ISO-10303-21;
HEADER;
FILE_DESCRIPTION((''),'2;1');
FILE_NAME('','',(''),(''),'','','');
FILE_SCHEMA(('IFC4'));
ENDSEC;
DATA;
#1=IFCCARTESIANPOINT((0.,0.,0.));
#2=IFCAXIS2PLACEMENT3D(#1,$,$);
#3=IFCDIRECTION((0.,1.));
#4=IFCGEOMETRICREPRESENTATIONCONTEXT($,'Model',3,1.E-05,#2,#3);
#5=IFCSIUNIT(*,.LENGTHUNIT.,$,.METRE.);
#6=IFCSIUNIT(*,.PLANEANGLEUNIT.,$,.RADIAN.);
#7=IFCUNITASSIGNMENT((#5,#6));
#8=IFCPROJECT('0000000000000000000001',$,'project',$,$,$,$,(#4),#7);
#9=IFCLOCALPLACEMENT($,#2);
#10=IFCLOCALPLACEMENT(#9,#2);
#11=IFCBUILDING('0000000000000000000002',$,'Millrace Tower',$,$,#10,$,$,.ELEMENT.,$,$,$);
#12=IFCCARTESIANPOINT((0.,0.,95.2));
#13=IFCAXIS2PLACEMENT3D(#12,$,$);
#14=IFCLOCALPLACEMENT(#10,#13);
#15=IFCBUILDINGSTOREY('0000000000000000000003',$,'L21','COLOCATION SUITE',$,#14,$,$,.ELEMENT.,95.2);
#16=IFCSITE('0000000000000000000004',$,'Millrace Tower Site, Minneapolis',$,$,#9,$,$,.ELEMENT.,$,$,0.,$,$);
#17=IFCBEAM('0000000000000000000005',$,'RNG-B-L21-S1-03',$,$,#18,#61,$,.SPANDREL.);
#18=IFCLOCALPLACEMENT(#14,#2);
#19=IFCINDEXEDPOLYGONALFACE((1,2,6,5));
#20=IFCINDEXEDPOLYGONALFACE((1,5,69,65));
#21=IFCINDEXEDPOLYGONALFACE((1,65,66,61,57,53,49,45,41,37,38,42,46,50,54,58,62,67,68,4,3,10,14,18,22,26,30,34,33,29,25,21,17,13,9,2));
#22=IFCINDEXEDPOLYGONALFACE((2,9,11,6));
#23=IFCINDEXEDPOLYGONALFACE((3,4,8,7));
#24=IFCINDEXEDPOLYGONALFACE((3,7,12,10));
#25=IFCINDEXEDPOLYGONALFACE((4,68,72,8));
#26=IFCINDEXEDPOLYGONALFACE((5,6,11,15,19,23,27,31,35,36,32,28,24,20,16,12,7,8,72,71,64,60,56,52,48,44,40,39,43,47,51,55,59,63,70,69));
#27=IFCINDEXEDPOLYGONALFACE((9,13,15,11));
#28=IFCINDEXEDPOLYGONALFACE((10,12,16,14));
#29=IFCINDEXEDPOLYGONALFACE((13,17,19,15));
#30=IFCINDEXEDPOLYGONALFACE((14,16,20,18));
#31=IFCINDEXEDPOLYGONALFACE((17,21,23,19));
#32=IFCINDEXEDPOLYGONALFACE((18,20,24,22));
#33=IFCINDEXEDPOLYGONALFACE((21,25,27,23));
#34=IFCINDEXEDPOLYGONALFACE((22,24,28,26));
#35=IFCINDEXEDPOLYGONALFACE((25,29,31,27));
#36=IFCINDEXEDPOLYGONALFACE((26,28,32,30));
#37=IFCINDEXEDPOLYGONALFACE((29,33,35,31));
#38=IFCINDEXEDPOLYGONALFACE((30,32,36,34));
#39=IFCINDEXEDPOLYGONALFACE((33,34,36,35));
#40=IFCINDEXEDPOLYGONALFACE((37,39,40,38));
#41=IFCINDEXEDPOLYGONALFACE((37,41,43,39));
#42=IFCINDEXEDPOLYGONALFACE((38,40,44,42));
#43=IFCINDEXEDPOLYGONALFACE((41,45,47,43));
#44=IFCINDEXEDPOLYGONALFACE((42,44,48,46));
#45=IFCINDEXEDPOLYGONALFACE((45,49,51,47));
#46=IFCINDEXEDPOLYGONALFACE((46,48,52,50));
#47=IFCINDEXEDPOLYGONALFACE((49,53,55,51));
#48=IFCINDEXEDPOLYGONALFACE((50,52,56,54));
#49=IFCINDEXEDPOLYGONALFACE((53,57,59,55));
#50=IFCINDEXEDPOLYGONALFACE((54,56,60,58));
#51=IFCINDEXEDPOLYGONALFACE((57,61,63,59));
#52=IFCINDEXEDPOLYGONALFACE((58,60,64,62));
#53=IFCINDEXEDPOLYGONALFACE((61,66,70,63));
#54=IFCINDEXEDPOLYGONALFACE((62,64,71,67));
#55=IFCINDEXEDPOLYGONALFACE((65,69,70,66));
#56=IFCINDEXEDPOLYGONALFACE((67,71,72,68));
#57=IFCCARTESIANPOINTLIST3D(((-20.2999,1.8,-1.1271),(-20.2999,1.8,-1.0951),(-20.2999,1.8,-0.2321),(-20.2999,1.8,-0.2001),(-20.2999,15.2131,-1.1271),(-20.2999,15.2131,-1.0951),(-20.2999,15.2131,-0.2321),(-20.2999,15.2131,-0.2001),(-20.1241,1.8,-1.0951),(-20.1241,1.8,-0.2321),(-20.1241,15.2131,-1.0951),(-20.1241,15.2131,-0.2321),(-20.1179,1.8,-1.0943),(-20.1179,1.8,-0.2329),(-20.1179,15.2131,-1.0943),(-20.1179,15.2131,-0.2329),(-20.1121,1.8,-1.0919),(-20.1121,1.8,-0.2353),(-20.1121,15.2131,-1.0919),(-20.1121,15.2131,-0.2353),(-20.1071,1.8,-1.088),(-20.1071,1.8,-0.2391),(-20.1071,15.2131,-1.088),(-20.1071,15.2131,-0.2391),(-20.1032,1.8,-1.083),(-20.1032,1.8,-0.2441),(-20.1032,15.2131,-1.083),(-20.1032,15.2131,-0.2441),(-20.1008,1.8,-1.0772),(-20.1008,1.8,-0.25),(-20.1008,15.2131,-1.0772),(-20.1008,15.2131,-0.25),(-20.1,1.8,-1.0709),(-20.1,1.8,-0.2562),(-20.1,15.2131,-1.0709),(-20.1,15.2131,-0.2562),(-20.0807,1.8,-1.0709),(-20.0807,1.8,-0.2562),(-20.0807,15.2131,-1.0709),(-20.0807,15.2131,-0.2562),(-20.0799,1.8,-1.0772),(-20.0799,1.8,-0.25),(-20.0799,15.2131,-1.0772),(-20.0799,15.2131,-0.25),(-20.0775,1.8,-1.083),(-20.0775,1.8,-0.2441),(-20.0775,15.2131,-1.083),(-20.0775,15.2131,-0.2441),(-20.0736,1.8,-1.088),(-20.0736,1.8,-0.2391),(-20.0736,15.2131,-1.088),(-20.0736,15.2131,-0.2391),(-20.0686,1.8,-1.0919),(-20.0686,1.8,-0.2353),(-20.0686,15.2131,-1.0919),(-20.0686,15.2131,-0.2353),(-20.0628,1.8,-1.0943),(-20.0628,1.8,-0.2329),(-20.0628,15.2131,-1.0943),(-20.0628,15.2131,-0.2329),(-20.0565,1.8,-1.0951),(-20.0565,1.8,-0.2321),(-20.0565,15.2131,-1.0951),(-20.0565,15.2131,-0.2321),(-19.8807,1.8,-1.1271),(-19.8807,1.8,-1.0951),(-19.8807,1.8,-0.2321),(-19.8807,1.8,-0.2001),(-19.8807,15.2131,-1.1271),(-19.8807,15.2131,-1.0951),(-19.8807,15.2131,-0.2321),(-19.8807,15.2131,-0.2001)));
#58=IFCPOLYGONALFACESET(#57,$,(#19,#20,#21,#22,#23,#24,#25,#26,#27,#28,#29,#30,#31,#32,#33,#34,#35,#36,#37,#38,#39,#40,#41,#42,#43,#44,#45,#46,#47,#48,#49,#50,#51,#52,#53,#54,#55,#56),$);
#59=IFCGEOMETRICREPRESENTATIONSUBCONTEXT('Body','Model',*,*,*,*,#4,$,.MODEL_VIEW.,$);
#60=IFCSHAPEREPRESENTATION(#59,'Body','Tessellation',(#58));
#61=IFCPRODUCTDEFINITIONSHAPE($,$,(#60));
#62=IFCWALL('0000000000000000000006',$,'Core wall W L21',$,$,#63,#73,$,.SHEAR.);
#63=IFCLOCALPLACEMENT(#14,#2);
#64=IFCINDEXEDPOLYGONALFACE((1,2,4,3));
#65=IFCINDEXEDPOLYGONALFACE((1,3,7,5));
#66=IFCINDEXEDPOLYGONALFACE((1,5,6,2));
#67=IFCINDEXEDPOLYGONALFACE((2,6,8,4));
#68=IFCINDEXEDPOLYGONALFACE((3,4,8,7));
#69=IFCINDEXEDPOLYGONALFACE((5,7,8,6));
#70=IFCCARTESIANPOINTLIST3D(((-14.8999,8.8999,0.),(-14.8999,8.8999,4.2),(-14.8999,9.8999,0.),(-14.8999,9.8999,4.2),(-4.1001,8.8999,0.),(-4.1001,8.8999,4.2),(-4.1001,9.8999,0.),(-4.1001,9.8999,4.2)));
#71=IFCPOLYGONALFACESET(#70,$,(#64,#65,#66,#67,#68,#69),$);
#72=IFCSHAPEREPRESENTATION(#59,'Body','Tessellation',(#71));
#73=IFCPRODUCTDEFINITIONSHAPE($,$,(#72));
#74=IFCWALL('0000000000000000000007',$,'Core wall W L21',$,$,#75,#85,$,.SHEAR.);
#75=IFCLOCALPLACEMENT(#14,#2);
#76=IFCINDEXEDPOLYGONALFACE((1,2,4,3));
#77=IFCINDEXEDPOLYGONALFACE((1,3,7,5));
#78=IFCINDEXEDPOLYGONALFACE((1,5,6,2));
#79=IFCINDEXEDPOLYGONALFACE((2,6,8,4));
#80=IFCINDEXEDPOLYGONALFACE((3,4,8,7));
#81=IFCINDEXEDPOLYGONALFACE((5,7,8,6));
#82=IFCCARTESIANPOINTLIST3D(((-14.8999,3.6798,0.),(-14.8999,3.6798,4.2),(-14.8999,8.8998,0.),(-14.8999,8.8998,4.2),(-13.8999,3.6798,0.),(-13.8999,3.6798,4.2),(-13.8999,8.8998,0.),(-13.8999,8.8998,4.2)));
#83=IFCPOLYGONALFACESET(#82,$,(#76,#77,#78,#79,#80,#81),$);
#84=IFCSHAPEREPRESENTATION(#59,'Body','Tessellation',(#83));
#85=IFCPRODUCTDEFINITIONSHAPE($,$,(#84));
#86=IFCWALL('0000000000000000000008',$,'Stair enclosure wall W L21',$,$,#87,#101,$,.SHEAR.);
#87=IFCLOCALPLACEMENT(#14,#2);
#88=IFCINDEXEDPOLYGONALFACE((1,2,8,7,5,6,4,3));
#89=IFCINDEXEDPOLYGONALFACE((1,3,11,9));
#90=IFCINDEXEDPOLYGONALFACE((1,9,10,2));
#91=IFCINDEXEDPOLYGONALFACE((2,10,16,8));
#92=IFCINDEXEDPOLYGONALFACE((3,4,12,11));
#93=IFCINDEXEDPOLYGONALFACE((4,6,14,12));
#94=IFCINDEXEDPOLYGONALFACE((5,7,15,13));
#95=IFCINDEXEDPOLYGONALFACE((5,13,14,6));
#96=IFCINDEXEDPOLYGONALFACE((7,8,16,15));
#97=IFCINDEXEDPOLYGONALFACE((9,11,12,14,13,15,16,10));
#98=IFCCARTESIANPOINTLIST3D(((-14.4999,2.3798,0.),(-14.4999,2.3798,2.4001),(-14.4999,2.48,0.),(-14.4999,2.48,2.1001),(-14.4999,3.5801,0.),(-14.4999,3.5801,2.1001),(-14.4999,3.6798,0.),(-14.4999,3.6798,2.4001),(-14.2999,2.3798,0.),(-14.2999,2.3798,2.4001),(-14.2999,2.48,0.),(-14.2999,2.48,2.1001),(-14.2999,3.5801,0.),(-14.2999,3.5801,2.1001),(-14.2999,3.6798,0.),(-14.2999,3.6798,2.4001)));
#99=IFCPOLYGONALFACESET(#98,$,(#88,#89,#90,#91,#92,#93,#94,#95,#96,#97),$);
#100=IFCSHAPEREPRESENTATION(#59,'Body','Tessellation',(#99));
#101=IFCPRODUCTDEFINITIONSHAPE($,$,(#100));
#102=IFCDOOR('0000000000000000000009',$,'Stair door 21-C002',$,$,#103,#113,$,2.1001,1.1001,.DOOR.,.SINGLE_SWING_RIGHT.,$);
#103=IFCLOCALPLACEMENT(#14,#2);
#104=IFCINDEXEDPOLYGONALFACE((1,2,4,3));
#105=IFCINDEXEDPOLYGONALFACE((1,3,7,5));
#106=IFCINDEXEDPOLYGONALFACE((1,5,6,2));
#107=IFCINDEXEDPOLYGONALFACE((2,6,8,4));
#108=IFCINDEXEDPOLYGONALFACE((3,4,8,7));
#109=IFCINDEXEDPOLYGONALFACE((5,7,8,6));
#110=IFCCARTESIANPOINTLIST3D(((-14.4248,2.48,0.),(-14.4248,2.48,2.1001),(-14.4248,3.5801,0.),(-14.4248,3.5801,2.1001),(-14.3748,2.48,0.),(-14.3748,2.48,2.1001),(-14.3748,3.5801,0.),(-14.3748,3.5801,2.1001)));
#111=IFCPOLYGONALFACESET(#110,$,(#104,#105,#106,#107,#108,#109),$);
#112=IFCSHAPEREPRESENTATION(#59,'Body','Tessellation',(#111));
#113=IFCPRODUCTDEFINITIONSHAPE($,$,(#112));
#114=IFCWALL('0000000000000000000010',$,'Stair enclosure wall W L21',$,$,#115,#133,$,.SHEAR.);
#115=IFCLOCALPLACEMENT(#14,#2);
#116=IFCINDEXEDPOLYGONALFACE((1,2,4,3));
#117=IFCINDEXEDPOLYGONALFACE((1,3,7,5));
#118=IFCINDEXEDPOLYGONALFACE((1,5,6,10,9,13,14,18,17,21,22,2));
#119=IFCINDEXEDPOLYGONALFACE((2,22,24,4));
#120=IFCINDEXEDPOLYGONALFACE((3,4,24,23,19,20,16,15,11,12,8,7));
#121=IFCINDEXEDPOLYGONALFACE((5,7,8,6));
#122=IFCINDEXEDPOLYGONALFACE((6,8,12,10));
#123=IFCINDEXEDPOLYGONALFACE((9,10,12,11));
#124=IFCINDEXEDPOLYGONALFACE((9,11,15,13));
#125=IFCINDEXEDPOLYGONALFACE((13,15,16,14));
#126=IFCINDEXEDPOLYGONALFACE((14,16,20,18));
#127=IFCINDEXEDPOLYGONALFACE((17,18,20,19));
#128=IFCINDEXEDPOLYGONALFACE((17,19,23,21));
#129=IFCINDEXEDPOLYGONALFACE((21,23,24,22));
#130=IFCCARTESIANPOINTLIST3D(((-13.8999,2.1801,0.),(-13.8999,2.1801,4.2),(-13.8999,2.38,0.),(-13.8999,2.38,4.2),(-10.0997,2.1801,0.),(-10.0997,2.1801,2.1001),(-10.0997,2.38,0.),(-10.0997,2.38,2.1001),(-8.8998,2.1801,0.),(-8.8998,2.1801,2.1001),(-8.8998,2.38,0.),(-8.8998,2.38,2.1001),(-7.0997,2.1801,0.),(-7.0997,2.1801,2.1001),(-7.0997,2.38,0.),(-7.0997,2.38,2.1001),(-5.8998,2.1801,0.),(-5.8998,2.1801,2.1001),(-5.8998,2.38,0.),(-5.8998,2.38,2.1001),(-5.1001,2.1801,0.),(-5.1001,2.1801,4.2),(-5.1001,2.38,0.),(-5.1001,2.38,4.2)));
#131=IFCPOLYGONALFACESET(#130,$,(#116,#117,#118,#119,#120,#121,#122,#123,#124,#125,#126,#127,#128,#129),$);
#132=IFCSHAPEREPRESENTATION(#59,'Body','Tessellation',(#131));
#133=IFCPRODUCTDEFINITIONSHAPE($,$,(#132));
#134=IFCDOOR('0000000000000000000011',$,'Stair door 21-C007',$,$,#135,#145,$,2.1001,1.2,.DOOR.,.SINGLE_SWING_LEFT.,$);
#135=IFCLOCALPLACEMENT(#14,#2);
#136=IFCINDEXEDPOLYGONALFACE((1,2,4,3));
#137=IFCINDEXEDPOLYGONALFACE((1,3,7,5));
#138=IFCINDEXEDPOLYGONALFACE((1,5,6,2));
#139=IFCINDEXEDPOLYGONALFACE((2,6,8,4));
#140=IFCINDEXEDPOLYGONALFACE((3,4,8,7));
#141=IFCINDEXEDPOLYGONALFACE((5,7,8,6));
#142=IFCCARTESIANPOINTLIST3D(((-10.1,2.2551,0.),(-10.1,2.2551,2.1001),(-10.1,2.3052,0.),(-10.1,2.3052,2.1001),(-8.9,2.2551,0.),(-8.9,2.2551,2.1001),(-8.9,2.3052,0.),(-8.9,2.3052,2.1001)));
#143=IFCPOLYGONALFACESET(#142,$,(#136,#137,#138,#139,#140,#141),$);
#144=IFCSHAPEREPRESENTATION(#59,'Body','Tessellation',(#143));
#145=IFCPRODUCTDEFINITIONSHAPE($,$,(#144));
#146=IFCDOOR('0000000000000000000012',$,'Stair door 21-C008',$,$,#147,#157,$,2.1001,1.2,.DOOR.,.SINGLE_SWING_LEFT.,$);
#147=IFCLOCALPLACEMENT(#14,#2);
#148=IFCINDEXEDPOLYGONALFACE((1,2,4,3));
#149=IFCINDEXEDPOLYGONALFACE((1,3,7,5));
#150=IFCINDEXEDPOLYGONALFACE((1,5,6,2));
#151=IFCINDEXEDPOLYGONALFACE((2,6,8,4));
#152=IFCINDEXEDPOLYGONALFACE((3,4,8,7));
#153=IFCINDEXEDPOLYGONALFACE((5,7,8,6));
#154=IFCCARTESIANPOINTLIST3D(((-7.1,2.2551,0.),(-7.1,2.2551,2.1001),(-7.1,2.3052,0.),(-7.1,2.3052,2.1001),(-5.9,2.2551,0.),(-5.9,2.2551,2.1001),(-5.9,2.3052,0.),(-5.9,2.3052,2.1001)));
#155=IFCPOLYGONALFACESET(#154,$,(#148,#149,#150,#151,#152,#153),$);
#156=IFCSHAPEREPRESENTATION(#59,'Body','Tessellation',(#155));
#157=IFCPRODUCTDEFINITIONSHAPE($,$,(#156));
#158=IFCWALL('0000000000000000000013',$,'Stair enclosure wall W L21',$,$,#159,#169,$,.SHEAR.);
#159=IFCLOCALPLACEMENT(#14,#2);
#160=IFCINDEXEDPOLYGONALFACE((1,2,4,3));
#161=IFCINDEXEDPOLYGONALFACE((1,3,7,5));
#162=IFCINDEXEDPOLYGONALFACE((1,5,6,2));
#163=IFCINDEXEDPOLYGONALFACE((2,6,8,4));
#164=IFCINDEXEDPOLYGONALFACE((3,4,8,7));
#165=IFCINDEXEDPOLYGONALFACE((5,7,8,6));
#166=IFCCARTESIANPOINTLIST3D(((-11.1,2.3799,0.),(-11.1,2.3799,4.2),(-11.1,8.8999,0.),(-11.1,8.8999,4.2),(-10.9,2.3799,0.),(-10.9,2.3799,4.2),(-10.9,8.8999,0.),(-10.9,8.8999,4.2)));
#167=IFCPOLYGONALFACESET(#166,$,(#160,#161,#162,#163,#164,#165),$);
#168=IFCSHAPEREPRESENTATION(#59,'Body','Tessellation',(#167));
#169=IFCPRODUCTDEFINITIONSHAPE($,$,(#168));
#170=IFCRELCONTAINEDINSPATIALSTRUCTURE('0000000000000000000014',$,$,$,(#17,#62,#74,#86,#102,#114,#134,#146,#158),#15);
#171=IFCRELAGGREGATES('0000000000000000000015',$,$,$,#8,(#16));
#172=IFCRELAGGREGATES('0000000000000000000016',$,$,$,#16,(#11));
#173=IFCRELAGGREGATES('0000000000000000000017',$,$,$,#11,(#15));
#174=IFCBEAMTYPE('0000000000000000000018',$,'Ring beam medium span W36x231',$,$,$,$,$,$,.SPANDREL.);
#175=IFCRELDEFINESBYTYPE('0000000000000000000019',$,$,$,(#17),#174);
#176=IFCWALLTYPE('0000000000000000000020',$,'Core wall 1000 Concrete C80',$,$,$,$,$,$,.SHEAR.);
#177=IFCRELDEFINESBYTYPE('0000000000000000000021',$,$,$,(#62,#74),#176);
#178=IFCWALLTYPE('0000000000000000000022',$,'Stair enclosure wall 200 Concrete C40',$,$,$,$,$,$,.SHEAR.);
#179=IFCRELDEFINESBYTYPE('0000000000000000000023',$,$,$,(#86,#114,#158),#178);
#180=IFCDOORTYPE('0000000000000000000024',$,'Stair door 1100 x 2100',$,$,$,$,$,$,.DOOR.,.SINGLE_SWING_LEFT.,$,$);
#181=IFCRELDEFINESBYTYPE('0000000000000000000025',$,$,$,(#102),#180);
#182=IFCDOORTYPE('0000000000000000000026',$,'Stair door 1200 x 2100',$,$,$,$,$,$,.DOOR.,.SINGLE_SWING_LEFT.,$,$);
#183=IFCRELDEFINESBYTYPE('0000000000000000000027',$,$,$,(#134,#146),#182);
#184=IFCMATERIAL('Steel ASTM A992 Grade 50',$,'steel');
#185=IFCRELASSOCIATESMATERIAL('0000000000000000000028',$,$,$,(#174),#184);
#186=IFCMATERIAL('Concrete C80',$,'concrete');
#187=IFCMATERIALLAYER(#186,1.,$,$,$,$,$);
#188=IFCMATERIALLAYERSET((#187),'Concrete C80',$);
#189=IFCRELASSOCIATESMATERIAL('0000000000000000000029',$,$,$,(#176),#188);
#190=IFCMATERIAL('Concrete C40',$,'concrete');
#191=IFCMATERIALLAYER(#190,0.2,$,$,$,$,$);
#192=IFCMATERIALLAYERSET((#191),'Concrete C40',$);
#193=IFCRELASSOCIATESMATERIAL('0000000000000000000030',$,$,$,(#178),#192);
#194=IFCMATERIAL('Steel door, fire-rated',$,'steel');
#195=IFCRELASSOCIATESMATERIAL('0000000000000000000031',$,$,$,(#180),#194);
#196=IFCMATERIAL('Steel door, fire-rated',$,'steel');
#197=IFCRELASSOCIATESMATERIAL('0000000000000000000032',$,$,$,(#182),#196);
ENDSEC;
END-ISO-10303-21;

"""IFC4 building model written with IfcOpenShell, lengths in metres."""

from ifc_helpers import new_model, si_unit, direction, frame, frame_2d, origin, origin_2d, place, context, subcontext, project, spatial, rectangle, i_section, extrude, material, layer, layer_set, material_profile, profile_set, type_object, element, fill, save


model = new_model("IFC4")

# Units and contexts
model_context = context("Model", 3, precision=1e-05, world=origin(), true_north=direction((0.0, 1.0)))
body_context = subcontext(model_context, "Body", "Model", "MODEL_VIEW")
ifc_project = project(units=[si_unit("LENGTHUNIT", "METRE"), si_unit("PLANEANGLEUNIT", "RADIAN")], contexts=[model_context])

# Site, building, storey
site_placement = place(None, origin())
site = spatial("IfcSite", under=ifc_project, at=site_placement, Name="Millrace Tower Site, Minneapolis", CompositionType="ELEMENT", RefElevation=0.0)
building_placement = place(site_placement, origin())
building = spatial("IfcBuilding", under=site, at=building_placement, Name="Millrace Tower", CompositionType="ELEMENT")
storey_placement = place(building_placement, frame((0.0, 0.0, 95.2)))
storey = spatial("IfcBuildingStorey", under=building, at=storey_placement, Name="L21", Description="COLOCATION SUITE", CompositionType="ELEMENT", Elevation=95.2)

# Beam
ifc_material_1 = material(Name="Steel ASTM A992 Grade 50", Category="steel")
ifc_material_profile_1 = material_profile(ifc_material_1, i_section(OverallWidth=0.4192, OverallDepth=0.927, WebThickness=0.0193, FlangeThickness=0.032, FilletRadius=0.0242, at=origin_2d()))
ifc_profile_set_1 = profile_set([ifc_material_profile_1], Name="Steel ASTM A992 Grade 50")
beam_type_1 = type_object("IfcBeamType", Name="Ring beam medium span W36x231", PredefinedType="SPANDREL", material=ifc_profile_set_1)
beam_1_placement = place(storey_placement, frame((-20.0903, 1.8, -0.6636), z_axis=(0.0, 1.0, 0.0), x_axis=(-1.0, 0.0, 0.0)))
element("IfcBeam", 1, at=beam_1_placement, inside=storey, type_object=beam_type_1, Name="RNG-B-L21-S1-03", PredefinedType="SPANDREL", context=body_context, shape_type="SweptSolid", body=[
    extrude(i_section(OverallWidth=0.4192, OverallDepth=0.927, WebThickness=0.0193, FlangeThickness=0.032, FilletRadius=0.0242, at=origin_2d()), origin(), (0.0, 0.0, 1.0), 13.4131),
])

# Walls
ifc_material_2 = material(Name="Concrete C80", Category="concrete")
ifc_layer_1 = layer(ifc_material_2, 1.0)
ifc_layer_set_1 = layer_set([ifc_layer_1], Name="Concrete C80")
wall_type_1 = type_object("IfcWallType", Name="Core wall 1000 Concrete C80", PredefinedType="SHEAR", material=ifc_layer_set_1)
wall_1_placement = place(storey_placement, frame((-14.8999, 9.3999, 0.0), z_axis=(0.0, 0.0, 1.0), x_axis=(1.0, 0.0, 0.0)))
element("IfcWall", 2, at=wall_1_placement, inside=storey, type_object=wall_type_1, Name="Core wall W L21", PredefinedType="SHEAR", context=body_context, shape_type="SweptSolid", body=[
    extrude(rectangle(XDim=10.7998, YDim=1.0, at=frame_2d((5.3999, 0.0))), origin(), (0.0, 0.0, 1.0), 4.2),
])
wall_2_placement = place(storey_placement, frame((-14.3999, 3.6799, 0.0), z_axis=(0.0, 0.0, 1.0), x_axis=(0.0, 1.0, 0.0)))
element("IfcWall", 3, at=wall_2_placement, inside=storey, type_object=wall_type_1, Name="Core wall W L21", PredefinedType="SHEAR", context=body_context, shape_type="SweptSolid", body=[
    extrude(rectangle(XDim=5.22, YDim=1.0, at=frame_2d((2.6099, 0.0))), origin(), (0.0, 0.0, 1.0), 4.2),
])

# Wall, opening, door
ifc_material_3 = material(Name="Concrete C40", Category="concrete")
ifc_layer_2 = layer(ifc_material_3, 0.2)
ifc_layer_set_2 = layer_set([ifc_layer_2], Name="Concrete C40")
wall_type_2 = type_object("IfcWallType", Name="Stair enclosure wall 200 Concrete C40", PredefinedType="SHEAR", material=ifc_layer_set_2)
wall_3_placement = place(storey_placement, frame((-14.3999, 2.3799, 0.0), z_axis=(0.0, 0.0, 1.0), x_axis=(0.0, 1.0, 0.0)))
wall_3 = element("IfcWall", 4, at=wall_3_placement, inside=storey, type_object=wall_type_2, Name="Stair enclosure wall W L21", PredefinedType="SHEAR", context=body_context, shape_type="SweptSolid", body=[
    extrude(rectangle(XDim=1.3, YDim=0.2, at=frame_2d((0.6499, 0.0))), origin(), (0.0, 0.0, 1.0), 2.4001),
])
opening_1_placement = place(wall_3_placement, frame((0.1001, 0.0, 0.0)))
opening_1 = element("IfcOpeningElement", 5, at=opening_1_placement, cuts=wall_3, PredefinedType="OPENING", context=body_context, shape_type="SweptSolid", body=[
    extrude(rectangle(XDim=1.1001, YDim=2.1001, at=frame_2d((0.55, 1.05))), frame((0.0, 0.1099, 0.0), z_axis=(0.0, -1.0, 0.0), x_axis=(1.0, 0.0, 0.0)), (0.0, 0.0, 1.0), 0.22),
])
ifc_material_4 = material(Name="Steel door, fire-rated", Category="steel")
door_type_1 = type_object("IfcDoorType", Name="Stair door 1100 x 2100", OperationType="SINGLE_SWING_LEFT", PredefinedType="DOOR", material=ifc_material_4)
door_1_placement = place(opening_1_placement, origin())
door_1 = element("IfcDoor", 6, at=door_1_placement, inside=storey, type_object=door_type_1, Name="Stair door 21-C002", OperationType="SINGLE_SWING_RIGHT", OverallHeight=2.1001, OverallWidth=1.1001, PredefinedType="DOOR", context=body_context, shape_type="SweptSolid", body=[
    extrude(rectangle(XDim=1.1001, YDim=2.1001, at=frame_2d((0.55, 1.05))), frame((0.0, 0.0249, 0.0), z_axis=(0.0, -1.0, 0.0), x_axis=(1.0, 0.0, 0.0)), (0.0, 0.0, 1.0), 0.05),
])
fill(opening_1, door_1)

# Wall, openings, doors
wall_4_placement = place(storey_placement, frame((-13.8999, 2.28, 0.0), z_axis=(0.0, 0.0, 1.0), x_axis=(1.0, 0.0, 0.0)))
wall_4 = element("IfcWall", 7, at=wall_4_placement, inside=storey, type_object=wall_type_2, Name="Stair enclosure wall W L21", PredefinedType="SHEAR", context=body_context, shape_type="SweptSolid", body=[
    extrude(rectangle(XDim=8.7998, YDim=0.2, at=frame_2d((4.3999, 0.0))), origin(), (0.0, 0.0, 1.0), 4.2),
])
opening_2_placement = place(wall_4_placement, frame((3.8, 0.0, 0.0)))
opening_2 = element("IfcOpeningElement", 8, at=opening_2_placement, cuts=wall_4, PredefinedType="OPENING", context=body_context, shape_type="SweptSolid", body=[
    extrude(rectangle(XDim=1.2, YDim=2.1001, at=frame_2d((0.6001, 1.05))), frame((0.0, 0.1099, 0.0), z_axis=(0.0, -1.0, 0.0), x_axis=(1.0, 0.0, 0.0)), (0.0, 0.0, 1.0), 0.22),
])
opening_3_placement = place(wall_4_placement, frame((6.8, 0.0, 0.0)))
opening_3 = element("IfcOpeningElement", 9, at=opening_3_placement, cuts=wall_4, PredefinedType="OPENING", context=body_context, shape_type="SweptSolid", body=[
    extrude(rectangle(XDim=1.2, YDim=2.1001, at=frame_2d((0.6001, 1.05))), frame((0.0, 0.1099, 0.0), z_axis=(0.0, -1.0, 0.0), x_axis=(1.0, 0.0, 0.0)), (0.0, 0.0, 1.0), 0.22),
])
ifc_material_5 = material(Name="Steel door, fire-rated", Category="steel")
door_type_2 = type_object("IfcDoorType", Name="Stair door 1200 x 2100", OperationType="SINGLE_SWING_LEFT", PredefinedType="DOOR", material=ifc_material_5)
door_2_placement = place(opening_2_placement, frame((1.2, 0.0, 0.0), z_axis=(0.0, 0.0, 1.0), x_axis=(-1.0, 0.0, 0.0)))
door_2 = element("IfcDoor", 10, at=door_2_placement, inside=storey, type_object=door_type_2, Name="Stair door 21-C007", OperationType="SINGLE_SWING_LEFT", OverallHeight=2.1001, OverallWidth=1.2, PredefinedType="DOOR", context=body_context, shape_type="SweptSolid", body=[
    extrude(rectangle(XDim=1.2, YDim=2.1001, at=frame_2d((0.6001, 1.05))), frame((0.0, 0.0249, 0.0), z_axis=(0.0, -1.0, 0.0), x_axis=(1.0, 0.0, 0.0)), (0.0, 0.0, 1.0), 0.05),
])
fill(opening_2, door_2)
door_3_placement = place(opening_3_placement, frame((1.2, 0.0, 0.0), z_axis=(0.0, 0.0, 1.0), x_axis=(-1.0, 0.0, 0.0)))
door_3 = element("IfcDoor", 11, at=door_3_placement, inside=storey, type_object=door_type_2, Name="Stair door 21-C008", OperationType="SINGLE_SWING_LEFT", OverallHeight=2.1001, OverallWidth=1.2, PredefinedType="DOOR", context=body_context, shape_type="SweptSolid", body=[
    extrude(rectangle(XDim=1.2, YDim=2.1001, at=frame_2d((0.6001, 1.05))), frame((0.0, 0.0249, 0.0), z_axis=(0.0, -1.0, 0.0), x_axis=(1.0, 0.0, 0.0)), (0.0, 0.0, 1.0), 0.05),
])
fill(opening_3, door_3)

# Wall
wall_5_placement = place(storey_placement, frame((-11.0, 2.3799, 0.0), z_axis=(0.0, 0.0, 1.0), x_axis=(0.0, 1.0, 0.0)))
element("IfcWall", 12, at=wall_5_placement, inside=storey, type_object=wall_type_2, Name="Stair enclosure wall W L21", PredefinedType="SHEAR", context=body_context, shape_type="SweptSolid", body=[
    extrude(rectangle(XDim=6.52, YDim=0.2, at=frame_2d((3.26, 0.0))), origin(), (0.0, 0.0, 1.0), 4.2),
])

save(model, "model.ifc")
